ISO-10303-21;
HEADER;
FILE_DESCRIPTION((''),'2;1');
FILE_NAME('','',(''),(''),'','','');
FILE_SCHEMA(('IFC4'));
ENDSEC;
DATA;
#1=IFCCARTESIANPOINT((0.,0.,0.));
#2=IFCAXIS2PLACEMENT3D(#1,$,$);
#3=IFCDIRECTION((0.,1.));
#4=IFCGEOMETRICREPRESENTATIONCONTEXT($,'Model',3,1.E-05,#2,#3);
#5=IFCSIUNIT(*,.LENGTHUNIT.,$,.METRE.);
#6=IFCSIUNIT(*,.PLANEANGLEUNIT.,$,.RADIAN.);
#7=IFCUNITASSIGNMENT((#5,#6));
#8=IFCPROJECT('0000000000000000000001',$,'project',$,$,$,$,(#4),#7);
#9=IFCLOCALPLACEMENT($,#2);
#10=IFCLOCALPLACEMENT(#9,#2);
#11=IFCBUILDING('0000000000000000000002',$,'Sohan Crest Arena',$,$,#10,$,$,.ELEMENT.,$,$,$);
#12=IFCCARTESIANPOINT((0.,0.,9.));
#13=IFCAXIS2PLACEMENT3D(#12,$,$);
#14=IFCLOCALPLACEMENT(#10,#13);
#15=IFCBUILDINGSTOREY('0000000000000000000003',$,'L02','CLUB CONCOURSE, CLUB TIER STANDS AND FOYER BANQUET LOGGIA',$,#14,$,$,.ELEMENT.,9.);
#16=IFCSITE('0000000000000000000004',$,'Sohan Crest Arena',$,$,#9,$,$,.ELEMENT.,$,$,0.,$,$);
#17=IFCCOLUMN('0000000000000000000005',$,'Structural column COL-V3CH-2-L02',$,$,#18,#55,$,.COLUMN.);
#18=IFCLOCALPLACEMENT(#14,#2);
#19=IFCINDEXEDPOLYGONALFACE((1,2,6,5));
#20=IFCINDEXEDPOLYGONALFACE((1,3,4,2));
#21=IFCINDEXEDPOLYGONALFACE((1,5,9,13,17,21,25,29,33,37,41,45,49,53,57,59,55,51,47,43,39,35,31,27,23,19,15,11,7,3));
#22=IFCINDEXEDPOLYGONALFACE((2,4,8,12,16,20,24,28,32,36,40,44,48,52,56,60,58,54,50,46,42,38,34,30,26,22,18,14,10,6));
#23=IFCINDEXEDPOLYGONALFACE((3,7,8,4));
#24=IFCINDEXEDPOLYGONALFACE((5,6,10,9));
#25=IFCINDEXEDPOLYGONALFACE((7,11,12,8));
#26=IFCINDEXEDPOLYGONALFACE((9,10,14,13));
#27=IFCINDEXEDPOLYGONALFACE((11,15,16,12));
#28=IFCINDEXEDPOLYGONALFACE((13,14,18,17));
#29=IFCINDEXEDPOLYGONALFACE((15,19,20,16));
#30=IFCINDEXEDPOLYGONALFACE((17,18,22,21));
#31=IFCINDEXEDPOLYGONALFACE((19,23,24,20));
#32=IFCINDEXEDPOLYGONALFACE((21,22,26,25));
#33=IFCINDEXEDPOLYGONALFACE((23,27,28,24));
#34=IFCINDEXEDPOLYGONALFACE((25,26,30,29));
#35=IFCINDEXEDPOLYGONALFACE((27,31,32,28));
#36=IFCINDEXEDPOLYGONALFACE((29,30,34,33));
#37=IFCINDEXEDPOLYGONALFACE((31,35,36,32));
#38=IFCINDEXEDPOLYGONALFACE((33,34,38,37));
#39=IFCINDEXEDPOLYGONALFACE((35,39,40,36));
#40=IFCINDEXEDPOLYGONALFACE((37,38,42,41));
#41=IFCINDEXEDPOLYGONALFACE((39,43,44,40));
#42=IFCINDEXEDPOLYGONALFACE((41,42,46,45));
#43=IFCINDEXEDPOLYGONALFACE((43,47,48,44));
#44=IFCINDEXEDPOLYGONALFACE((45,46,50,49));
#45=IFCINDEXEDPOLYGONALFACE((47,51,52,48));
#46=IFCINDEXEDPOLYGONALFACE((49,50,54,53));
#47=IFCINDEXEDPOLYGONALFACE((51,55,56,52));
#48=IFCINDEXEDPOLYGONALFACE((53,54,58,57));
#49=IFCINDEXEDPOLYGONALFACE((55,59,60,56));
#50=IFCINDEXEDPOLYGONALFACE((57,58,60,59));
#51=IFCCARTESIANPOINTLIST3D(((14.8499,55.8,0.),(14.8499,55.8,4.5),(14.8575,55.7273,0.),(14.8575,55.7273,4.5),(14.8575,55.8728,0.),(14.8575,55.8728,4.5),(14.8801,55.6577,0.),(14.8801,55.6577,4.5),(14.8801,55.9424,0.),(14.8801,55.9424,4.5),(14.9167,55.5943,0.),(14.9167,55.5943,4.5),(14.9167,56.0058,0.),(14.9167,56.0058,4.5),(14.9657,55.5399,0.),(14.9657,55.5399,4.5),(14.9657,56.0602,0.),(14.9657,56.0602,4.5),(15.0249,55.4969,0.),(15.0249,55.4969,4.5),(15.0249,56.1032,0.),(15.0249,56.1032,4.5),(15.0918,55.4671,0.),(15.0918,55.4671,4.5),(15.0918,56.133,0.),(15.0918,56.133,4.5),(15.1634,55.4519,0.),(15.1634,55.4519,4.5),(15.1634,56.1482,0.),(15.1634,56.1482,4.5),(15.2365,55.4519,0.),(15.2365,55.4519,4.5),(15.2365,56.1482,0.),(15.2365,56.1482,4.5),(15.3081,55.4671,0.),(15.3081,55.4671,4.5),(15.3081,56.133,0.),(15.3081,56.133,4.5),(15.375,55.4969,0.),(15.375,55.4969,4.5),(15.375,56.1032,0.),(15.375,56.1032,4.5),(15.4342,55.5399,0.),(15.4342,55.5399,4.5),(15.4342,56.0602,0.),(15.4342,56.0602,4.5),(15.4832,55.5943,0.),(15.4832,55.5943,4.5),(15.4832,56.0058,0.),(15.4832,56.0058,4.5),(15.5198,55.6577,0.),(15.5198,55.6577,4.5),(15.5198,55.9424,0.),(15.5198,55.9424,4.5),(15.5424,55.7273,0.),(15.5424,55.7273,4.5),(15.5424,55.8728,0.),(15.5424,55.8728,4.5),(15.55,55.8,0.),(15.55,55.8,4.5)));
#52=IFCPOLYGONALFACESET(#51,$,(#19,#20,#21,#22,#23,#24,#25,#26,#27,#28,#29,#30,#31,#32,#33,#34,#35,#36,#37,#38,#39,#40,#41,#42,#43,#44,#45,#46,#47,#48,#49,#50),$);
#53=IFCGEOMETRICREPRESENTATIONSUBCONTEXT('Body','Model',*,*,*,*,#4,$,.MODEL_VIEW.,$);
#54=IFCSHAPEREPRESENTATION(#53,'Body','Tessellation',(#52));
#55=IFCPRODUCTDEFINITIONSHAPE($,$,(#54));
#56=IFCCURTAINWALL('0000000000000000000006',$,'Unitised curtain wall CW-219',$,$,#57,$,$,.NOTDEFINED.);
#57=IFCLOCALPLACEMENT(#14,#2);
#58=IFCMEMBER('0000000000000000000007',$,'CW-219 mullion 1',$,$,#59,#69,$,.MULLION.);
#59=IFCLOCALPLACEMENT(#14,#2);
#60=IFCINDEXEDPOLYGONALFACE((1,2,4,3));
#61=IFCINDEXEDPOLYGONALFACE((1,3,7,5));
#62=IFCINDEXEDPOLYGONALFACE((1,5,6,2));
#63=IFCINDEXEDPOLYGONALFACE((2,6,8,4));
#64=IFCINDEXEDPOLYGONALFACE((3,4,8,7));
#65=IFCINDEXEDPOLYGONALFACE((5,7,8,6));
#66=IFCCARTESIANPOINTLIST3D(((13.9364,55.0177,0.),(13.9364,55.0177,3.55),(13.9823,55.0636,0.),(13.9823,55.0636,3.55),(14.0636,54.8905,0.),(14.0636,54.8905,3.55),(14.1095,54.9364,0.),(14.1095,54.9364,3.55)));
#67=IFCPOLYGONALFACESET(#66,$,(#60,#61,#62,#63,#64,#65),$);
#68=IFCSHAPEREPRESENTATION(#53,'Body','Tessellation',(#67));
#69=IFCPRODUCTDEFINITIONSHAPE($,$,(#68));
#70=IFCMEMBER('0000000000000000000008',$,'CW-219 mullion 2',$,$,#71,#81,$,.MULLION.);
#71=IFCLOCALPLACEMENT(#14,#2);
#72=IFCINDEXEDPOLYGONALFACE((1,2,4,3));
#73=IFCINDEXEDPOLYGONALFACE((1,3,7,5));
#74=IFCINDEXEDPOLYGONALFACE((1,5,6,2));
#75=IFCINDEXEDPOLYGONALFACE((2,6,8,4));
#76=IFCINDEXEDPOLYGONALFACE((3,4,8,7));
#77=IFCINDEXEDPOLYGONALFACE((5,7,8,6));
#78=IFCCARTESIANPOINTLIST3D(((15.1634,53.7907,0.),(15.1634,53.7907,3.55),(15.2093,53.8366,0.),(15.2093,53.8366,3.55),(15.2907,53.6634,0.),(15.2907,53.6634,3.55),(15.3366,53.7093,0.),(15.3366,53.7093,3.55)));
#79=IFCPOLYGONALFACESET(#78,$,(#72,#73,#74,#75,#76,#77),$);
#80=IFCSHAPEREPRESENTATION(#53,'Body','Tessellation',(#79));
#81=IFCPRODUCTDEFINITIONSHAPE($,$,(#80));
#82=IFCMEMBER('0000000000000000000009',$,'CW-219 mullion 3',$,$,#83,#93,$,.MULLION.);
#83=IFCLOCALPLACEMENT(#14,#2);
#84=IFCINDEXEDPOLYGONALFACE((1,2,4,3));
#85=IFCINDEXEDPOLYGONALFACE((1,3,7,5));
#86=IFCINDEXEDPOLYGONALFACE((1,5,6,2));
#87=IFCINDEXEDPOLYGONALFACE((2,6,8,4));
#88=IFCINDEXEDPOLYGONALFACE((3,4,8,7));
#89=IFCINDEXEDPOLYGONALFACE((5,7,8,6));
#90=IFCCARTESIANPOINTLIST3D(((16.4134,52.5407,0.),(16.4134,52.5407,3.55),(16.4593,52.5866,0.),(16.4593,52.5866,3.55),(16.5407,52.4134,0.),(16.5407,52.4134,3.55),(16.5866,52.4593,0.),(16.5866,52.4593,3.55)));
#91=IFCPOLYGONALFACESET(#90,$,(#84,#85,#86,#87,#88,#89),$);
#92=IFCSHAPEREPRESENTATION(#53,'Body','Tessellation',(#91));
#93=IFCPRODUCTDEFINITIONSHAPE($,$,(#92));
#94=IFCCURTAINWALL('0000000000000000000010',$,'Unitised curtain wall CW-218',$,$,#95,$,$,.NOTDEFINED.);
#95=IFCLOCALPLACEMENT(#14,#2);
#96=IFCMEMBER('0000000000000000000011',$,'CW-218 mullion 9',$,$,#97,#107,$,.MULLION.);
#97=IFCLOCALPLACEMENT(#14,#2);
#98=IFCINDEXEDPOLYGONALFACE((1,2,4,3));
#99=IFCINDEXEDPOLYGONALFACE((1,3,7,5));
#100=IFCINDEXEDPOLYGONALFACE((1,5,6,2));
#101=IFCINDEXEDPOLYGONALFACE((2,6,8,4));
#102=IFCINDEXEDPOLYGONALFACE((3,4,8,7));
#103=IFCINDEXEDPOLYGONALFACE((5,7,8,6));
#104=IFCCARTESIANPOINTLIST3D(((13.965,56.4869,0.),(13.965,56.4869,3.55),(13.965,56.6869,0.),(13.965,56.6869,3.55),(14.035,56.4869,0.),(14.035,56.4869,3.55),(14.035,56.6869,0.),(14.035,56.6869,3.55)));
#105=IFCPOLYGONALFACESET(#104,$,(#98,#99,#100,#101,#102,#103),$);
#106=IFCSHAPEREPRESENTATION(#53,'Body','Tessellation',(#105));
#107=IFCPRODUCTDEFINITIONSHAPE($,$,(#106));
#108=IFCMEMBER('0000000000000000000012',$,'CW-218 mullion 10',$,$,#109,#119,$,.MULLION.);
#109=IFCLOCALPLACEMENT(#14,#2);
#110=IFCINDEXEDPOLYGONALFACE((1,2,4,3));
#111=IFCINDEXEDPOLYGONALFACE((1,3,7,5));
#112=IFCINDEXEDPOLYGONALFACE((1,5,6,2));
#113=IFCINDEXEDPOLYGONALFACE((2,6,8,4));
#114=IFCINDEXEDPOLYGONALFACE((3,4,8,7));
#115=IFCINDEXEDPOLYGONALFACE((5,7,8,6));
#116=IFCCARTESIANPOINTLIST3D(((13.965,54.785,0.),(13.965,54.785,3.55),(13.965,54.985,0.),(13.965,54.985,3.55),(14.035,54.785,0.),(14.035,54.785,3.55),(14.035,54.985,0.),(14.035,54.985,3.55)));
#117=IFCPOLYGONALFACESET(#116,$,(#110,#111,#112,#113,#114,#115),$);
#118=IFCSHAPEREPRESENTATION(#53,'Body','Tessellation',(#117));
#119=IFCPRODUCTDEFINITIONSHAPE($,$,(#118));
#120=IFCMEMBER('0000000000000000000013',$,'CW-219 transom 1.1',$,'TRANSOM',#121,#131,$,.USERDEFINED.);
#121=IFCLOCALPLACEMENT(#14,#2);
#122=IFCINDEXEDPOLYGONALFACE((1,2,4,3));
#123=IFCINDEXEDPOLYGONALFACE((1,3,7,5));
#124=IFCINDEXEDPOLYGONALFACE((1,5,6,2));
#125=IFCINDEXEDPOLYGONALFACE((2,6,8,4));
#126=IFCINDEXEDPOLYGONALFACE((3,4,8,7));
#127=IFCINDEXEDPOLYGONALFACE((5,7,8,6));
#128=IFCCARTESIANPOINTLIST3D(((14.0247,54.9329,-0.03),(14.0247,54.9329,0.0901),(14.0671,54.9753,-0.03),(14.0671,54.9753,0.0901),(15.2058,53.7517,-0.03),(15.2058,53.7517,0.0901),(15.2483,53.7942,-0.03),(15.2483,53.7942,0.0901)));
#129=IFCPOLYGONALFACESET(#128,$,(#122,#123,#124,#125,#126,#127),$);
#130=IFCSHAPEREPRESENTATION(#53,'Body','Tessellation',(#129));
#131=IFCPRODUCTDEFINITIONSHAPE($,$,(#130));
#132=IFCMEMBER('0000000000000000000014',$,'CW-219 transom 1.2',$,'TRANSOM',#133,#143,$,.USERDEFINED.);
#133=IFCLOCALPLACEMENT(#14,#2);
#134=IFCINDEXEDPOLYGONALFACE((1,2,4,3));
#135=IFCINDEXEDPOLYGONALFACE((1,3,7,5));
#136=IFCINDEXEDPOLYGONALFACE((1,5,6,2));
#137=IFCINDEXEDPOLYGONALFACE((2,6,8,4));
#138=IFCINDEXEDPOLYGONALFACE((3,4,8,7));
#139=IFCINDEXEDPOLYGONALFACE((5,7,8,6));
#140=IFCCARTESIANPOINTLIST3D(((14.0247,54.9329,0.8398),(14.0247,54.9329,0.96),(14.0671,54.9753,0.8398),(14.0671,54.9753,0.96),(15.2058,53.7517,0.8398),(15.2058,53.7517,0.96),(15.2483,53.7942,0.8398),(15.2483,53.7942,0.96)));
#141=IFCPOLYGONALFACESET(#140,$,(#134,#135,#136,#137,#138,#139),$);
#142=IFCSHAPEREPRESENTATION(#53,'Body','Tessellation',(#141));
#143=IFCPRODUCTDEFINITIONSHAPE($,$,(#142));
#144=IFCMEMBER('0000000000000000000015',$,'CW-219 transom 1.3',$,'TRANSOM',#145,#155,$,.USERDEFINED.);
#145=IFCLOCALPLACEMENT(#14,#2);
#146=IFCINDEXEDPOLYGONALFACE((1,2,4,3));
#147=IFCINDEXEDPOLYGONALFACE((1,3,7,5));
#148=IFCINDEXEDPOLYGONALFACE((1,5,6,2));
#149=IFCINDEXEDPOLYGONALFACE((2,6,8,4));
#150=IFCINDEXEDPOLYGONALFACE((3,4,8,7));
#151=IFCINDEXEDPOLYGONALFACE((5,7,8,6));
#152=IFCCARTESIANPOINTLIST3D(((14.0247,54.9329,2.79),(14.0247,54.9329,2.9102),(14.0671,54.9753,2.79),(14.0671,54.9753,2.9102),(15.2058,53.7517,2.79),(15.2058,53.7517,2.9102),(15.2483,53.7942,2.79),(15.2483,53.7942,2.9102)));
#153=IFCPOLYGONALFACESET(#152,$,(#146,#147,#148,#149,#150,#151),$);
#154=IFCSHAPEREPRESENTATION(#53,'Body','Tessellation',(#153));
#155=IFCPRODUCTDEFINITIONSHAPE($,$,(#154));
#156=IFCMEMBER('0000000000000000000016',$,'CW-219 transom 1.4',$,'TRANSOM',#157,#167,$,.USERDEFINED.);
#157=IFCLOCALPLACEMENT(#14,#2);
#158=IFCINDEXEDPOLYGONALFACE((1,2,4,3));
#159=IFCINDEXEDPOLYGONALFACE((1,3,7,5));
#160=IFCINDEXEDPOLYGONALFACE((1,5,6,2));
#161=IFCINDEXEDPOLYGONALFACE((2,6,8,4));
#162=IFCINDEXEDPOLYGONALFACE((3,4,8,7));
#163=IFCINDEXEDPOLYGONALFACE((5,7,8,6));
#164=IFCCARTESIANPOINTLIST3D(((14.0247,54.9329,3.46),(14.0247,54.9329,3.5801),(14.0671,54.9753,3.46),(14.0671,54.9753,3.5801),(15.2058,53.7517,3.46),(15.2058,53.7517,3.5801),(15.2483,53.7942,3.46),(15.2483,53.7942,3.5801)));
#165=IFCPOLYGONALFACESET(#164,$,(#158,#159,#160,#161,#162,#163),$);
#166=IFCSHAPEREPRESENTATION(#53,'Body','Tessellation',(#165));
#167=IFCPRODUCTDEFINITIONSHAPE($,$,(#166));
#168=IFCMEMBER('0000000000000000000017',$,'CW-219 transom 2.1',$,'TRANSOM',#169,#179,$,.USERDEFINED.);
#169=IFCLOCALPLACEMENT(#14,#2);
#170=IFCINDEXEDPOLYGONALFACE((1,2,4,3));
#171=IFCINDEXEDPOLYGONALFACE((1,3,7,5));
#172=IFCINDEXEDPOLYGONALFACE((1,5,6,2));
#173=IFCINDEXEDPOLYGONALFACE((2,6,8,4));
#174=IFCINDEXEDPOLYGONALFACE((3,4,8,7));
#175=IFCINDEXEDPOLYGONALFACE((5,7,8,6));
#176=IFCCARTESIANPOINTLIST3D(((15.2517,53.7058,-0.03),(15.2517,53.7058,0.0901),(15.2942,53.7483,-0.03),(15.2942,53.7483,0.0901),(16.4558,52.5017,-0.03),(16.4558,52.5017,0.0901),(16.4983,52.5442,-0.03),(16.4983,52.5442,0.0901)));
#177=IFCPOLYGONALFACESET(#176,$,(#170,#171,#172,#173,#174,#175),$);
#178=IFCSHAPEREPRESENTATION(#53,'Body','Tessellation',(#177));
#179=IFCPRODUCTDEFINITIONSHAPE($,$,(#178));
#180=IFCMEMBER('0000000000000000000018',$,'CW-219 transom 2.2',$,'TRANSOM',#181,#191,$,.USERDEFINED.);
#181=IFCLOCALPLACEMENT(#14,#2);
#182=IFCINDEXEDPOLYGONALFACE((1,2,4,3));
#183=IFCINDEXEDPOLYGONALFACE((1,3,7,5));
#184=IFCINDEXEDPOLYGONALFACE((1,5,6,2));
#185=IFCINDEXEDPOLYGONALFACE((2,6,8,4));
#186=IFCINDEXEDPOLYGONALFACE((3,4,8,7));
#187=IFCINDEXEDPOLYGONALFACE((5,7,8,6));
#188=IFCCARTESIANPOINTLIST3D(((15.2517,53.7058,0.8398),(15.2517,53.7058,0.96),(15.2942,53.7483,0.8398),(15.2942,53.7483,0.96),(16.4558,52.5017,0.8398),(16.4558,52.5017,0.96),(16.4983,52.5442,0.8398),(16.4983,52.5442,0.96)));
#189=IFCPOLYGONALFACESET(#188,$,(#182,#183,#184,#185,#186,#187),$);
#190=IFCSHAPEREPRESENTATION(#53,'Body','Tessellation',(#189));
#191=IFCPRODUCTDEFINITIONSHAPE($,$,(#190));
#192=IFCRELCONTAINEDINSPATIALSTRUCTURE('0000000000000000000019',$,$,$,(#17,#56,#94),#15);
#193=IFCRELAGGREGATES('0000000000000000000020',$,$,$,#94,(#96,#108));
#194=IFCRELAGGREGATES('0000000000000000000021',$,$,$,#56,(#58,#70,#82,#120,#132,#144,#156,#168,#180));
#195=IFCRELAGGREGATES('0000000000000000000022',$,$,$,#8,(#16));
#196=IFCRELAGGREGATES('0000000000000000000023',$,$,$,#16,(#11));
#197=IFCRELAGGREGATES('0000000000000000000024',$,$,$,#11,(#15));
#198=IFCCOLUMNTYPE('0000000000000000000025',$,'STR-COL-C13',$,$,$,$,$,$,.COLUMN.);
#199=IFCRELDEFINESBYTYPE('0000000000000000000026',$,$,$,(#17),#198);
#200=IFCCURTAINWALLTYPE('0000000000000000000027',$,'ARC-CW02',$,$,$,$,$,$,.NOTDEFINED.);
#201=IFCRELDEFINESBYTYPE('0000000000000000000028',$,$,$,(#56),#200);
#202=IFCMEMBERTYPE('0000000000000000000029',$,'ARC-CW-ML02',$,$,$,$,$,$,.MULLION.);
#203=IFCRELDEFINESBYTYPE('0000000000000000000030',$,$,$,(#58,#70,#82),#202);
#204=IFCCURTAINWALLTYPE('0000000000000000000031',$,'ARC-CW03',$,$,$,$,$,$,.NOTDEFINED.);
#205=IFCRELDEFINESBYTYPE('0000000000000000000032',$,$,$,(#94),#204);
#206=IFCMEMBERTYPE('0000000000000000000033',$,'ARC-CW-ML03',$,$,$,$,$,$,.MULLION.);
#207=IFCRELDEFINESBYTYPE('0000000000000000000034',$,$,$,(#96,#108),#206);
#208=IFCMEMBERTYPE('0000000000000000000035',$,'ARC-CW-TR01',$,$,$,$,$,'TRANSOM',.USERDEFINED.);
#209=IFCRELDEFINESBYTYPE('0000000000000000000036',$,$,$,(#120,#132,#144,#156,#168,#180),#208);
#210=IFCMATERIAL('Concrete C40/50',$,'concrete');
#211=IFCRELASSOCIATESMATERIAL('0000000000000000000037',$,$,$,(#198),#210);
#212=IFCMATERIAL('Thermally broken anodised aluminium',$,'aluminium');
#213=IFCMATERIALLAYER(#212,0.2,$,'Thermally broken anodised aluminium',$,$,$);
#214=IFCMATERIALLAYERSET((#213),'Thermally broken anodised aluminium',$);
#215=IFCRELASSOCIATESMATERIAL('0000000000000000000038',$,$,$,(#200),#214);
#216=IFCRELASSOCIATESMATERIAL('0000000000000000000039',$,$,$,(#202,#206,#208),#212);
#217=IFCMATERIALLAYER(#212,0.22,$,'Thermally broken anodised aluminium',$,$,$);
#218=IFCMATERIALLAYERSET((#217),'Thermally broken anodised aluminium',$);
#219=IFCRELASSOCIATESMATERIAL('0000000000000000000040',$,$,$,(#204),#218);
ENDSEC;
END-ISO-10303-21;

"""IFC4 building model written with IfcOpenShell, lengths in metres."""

from ifc_helpers import new_model, si_unit, direction, frame, origin, origin_2d, place, context, subcontext, project, spatial, rectangle, circle, extrude, material, layer, layer_set, material_profile, profile_set, type_object, element, aggregate, save


model = new_model("IFC4")

# Units and contexts
model_context = context("Model", 3, precision=1e-05, world=origin(), true_north=direction((0.0, 1.0)))
body_context = subcontext(model_context, "Body", "Model", "MODEL_VIEW")
ifc_project = project(units=[si_unit("LENGTHUNIT", "METRE"), si_unit("PLANEANGLEUNIT", "RADIAN")], contexts=[model_context])

# Site, building, storey
site_placement = place(None, origin())
site = spatial("IfcSite", under=ifc_project, at=site_placement, Name="Sohan Crest Arena", CompositionType="ELEMENT", RefElevation=0.0)
building_placement = place(site_placement, origin())
building = spatial("IfcBuilding", under=site, at=building_placement, Name="Sohan Crest Arena", CompositionType="ELEMENT")
storey_placement = place(building_placement, frame((0.0, 0.0, 9.0)))
storey = spatial("IfcBuildingStorey", under=building, at=storey_placement, Name="L02", Description="CLUB CONCOURSE, CLUB TIER STANDS AND FOYER BANQUET LOGGIA", CompositionType="ELEMENT", Elevation=9.0)

# Column
ifc_material_1 = material(Name="Concrete C40/50", Category="concrete")
ifc_material_profile_1 = material_profile(ifc_material_1, circle(Radius=0.3501, at=origin_2d()), Name="RC D700")
ifc_profile_set_1 = profile_set([ifc_material_profile_1], Name="Concrete C40/50")
column_type = type_object("IfcColumnType", Name="STR-COL-C13", PredefinedType="COLUMN", material=ifc_profile_set_1)
column_placement = place(storey_placement, frame((15.2, 55.8, 0.0), z_axis=(0.0, 0.0, 1.0), x_axis=(1.0, 0.0, 0.0)))
element("IfcColumn", 1, at=column_placement, inside=storey, type_object=column_type, Name="Structural column COL-V3CH-2-L02", PredefinedType="COLUMN", context=body_context, shape_type="SweptSolid", body=[
    extrude(circle(Radius=0.3501, at=origin_2d()), origin(), (0.0, 0.0, 1.0), 4.5),
])

# Curtain walls, members
ifc_material_2 = material(Name="Thermally broken anodised aluminium", Category="aluminium")
ifc_layer_1 = layer(ifc_material_2, 0.2, Name="Thermally broken anodised aluminium")
ifc_layer_set_1 = layer_set([ifc_layer_1], Name="Thermally broken anodised aluminium")
curtain_wall_type_1 = type_object("IfcCurtainWallType", Name="ARC-CW02", PredefinedType="NOTDEFINED", material=ifc_layer_set_1)
curtain_wall_1_placement = place(storey_placement, origin())
curtain_wall_1 = element("IfcCurtainWall", 2, at=curtain_wall_1_placement, inside=storey, type_object=curtain_wall_type_1, Name="Unitised curtain wall CW-219", PredefinedType="NOTDEFINED")
ifc_material_profile_2 = material_profile(ifc_material_2, rectangle(XDim=0.0649, YDim=0.1799, at=origin_2d()), Name="ALU-MULL 65x180")
ifc_profile_set_2 = profile_set([ifc_material_profile_2], Name="Thermally broken anodised aluminium")
member_type_1 = type_object("IfcMemberType", Name="ARC-CW-ML02", PredefinedType="MULLION", material=ifc_profile_set_2)
member_1_placement = place(storey_placement, frame((14.0229, 54.9771, 0.0), z_axis=(0.0, 0.0, 1.0), x_axis=(0.707107, 0.707107, 0.0)))
member_1 = element("IfcMember", 3, at=member_1_placement, type_object=member_type_1, Name="CW-219 mullion 1", PredefinedType="MULLION", context=body_context, shape_type="SweptSolid", body=[
    extrude(rectangle(XDim=0.0649, YDim=0.1799, at=origin_2d()), origin(), (0.0, 0.0, 1.0), 3.55),
])
member_2_placement = place(storey_placement, frame((15.25, 53.75, 0.0), z_axis=(0.0, 0.0, 1.0), x_axis=(0.707107, 0.707107, 0.0)))
member_2 = element("IfcMember", 4, at=member_2_placement, type_object=member_type_1, Name="CW-219 mullion 2", PredefinedType="MULLION", context=body_context, shape_type="SweptSolid", body=[
    extrude(rectangle(XDim=0.0649, YDim=0.1799, at=origin_2d()), origin(), (0.0, 0.0, 1.0), 3.55),
])
member_3_placement = place(storey_placement, frame((16.5, 52.5, 0.0), z_axis=(0.0, 0.0, 1.0), x_axis=(0.707107, 0.707107, 0.0)))
member_3 = element("IfcMember", 5, at=member_3_placement, type_object=member_type_1, Name="CW-219 mullion 3", PredefinedType="MULLION", context=body_context, shape_type="SweptSolid", body=[
    extrude(rectangle(XDim=0.0649, YDim=0.1799, at=origin_2d()), origin(), (0.0, 0.0, 1.0), 3.55),
])
ifc_layer_2 = layer(ifc_material_2, 0.22, Name="Thermally broken anodised aluminium")
ifc_layer_set_2 = layer_set([ifc_layer_2], Name="Thermally broken anodised aluminium")
curtain_wall_type_2 = type_object("IfcCurtainWallType", Name="ARC-CW03", PredefinedType="NOTDEFINED", material=ifc_layer_set_2)
curtain_wall_2_placement = place(storey_placement, origin())
curtain_wall_2 = element("IfcCurtainWall", 6, at=curtain_wall_2_placement, inside=storey, type_object=curtain_wall_type_2, Name="Unitised curtain wall CW-218", PredefinedType="NOTDEFINED")
ifc_material_profile_3 = material_profile(ifc_material_2, rectangle(XDim=0.0701, YDim=0.2, at=origin_2d()), Name="ALU-MULL 70x200")
ifc_profile_set_3 = profile_set([ifc_material_profile_3], Name="Thermally broken anodised aluminium")
member_type_2 = type_object("IfcMemberType", Name="ARC-CW-ML03", PredefinedType="MULLION", material=ifc_profile_set_3)
member_4_placement = place(storey_placement, frame((14.0, 56.5869, 0.0), z_axis=(0.0, 0.0, 1.0), x_axis=(1.0, 0.0, 0.0)))
member_4 = element("IfcMember", 7, at=member_4_placement, type_object=member_type_2, Name="CW-218 mullion 9", PredefinedType="MULLION", context=body_context, shape_type="SweptSolid", body=[
    extrude(rectangle(XDim=0.0701, YDim=0.2, at=origin_2d()), origin(), (0.0, 0.0, 1.0), 3.55),
])
member_5_placement = place(storey_placement, frame((14.0, 54.885, 0.0), z_axis=(0.0, 0.0, 1.0), x_axis=(1.0, 0.0, 0.0)))
member_5 = element("IfcMember", 8, at=member_5_placement, type_object=member_type_2, Name="CW-218 mullion 10", PredefinedType="MULLION", context=body_context, shape_type="SweptSolid", body=[
    extrude(rectangle(XDim=0.0701, YDim=0.2, at=origin_2d()), origin(), (0.0, 0.0, 1.0), 3.55),
])

# Members
ifc_material_profile_4 = material_profile(ifc_material_2, rectangle(XDim=0.0601, YDim=0.1201, at=origin_2d()), Name="ALU-TRAN 60x120")
ifc_profile_set_4 = profile_set([ifc_material_profile_4], Name="Thermally broken anodised aluminium")
member_type_3 = type_object("IfcMemberType", Name="ARC-CW-TR01", ElementType="TRANSOM", PredefinedType="USERDEFINED", material=ifc_profile_set_4)
member_6_placement = place(storey_placement, frame((14.0459, 54.9541, 0.03), z_axis=(0.707107, -0.707107, 0.0), x_axis=(0.707107, 0.707107, 0.0)))
member_6 = element("IfcMember", 9, at=member_6_placement, type_object=member_type_3, Name="CW-219 transom 1.1", ObjectType="TRANSOM", PredefinedType="USERDEFINED", context=body_context, shape_type="SweptSolid", body=[
    extrude(rectangle(XDim=0.0601, YDim=0.1201, at=origin_2d()), origin(), (0.0, 0.0, 1.0), 1.6704),
])
member_7_placement = place(storey_placement, frame((14.0459, 54.9541, 0.8999), z_axis=(0.707107, -0.707107, 0.0), x_axis=(0.707107, 0.707107, 0.0)))
member_7 = element("IfcMember", 10, at=member_7_placement, type_object=member_type_3, Name="CW-219 transom 1.2", ObjectType="TRANSOM", PredefinedType="USERDEFINED", context=body_context, shape_type="SweptSolid", body=[
    extrude(rectangle(XDim=0.0601, YDim=0.1201, at=origin_2d()), origin(), (0.0, 0.0, 1.0), 1.6704),
])
member_8_placement = place(storey_placement, frame((14.0459, 54.9541, 2.8501), z_axis=(0.707107, -0.707107, 0.0), x_axis=(0.707107, 0.707107, 0.0)))
member_8 = element("IfcMember", 11, at=member_8_placement, type_object=member_type_3, Name="CW-219 transom 1.3", ObjectType="TRANSOM", PredefinedType="USERDEFINED", context=body_context, shape_type="SweptSolid", body=[
    extrude(rectangle(XDim=0.0601, YDim=0.1201, at=origin_2d()), origin(), (0.0, 0.0, 1.0), 1.6704),
])
member_9_placement = place(storey_placement, frame((14.0459, 54.9541, 3.52), z_axis=(0.707107, -0.707107, 0.0), x_axis=(0.707107, 0.707107, 0.0)))
member_9 = element("IfcMember", 12, at=member_9_placement, type_object=member_type_3, Name="CW-219 transom 1.4", ObjectType="TRANSOM", PredefinedType="USERDEFINED", context=body_context, shape_type="SweptSolid", body=[
    extrude(rectangle(XDim=0.0601, YDim=0.1201, at=origin_2d()), origin(), (0.0, 0.0, 1.0), 1.6704),
])
member_10_placement = place(storey_placement, frame((15.2729, 53.7271, 0.03), z_axis=(0.707107, -0.707107, 0.0), x_axis=(0.707107, 0.707107, 0.0)))
member_10 = element("IfcMember", 13, at=member_10_placement, type_object=member_type_3, Name="CW-219 transom 2.1", ObjectType="TRANSOM", PredefinedType="USERDEFINED", context=body_context, shape_type="SweptSolid", body=[
    extrude(rectangle(XDim=0.0601, YDim=0.1201, at=origin_2d()), origin(), (0.0, 0.0, 1.0), 1.7029),
])
member_11_placement = place(storey_placement, frame((15.2729, 53.7271, 0.8999), z_axis=(0.707107, -0.707107, 0.0), x_axis=(0.707107, 0.707107, 0.0)))
member_11 = element("IfcMember", 14, at=member_11_placement, type_object=member_type_3, Name="CW-219 transom 2.2", ObjectType="TRANSOM", PredefinedType="USERDEFINED", context=body_context, shape_type="SweptSolid", body=[
    extrude(rectangle(XDim=0.0601, YDim=0.1201, at=origin_2d()), origin(), (0.0, 0.0, 1.0), 1.7029),
])

aggregate(curtain_wall_2, [member_4, member_5])
aggregate(curtain_wall_1, [member_1, member_2, member_3, member_6, member_7, member_8, member_9, member_10, member_11])

save(model, "model.ifc")
